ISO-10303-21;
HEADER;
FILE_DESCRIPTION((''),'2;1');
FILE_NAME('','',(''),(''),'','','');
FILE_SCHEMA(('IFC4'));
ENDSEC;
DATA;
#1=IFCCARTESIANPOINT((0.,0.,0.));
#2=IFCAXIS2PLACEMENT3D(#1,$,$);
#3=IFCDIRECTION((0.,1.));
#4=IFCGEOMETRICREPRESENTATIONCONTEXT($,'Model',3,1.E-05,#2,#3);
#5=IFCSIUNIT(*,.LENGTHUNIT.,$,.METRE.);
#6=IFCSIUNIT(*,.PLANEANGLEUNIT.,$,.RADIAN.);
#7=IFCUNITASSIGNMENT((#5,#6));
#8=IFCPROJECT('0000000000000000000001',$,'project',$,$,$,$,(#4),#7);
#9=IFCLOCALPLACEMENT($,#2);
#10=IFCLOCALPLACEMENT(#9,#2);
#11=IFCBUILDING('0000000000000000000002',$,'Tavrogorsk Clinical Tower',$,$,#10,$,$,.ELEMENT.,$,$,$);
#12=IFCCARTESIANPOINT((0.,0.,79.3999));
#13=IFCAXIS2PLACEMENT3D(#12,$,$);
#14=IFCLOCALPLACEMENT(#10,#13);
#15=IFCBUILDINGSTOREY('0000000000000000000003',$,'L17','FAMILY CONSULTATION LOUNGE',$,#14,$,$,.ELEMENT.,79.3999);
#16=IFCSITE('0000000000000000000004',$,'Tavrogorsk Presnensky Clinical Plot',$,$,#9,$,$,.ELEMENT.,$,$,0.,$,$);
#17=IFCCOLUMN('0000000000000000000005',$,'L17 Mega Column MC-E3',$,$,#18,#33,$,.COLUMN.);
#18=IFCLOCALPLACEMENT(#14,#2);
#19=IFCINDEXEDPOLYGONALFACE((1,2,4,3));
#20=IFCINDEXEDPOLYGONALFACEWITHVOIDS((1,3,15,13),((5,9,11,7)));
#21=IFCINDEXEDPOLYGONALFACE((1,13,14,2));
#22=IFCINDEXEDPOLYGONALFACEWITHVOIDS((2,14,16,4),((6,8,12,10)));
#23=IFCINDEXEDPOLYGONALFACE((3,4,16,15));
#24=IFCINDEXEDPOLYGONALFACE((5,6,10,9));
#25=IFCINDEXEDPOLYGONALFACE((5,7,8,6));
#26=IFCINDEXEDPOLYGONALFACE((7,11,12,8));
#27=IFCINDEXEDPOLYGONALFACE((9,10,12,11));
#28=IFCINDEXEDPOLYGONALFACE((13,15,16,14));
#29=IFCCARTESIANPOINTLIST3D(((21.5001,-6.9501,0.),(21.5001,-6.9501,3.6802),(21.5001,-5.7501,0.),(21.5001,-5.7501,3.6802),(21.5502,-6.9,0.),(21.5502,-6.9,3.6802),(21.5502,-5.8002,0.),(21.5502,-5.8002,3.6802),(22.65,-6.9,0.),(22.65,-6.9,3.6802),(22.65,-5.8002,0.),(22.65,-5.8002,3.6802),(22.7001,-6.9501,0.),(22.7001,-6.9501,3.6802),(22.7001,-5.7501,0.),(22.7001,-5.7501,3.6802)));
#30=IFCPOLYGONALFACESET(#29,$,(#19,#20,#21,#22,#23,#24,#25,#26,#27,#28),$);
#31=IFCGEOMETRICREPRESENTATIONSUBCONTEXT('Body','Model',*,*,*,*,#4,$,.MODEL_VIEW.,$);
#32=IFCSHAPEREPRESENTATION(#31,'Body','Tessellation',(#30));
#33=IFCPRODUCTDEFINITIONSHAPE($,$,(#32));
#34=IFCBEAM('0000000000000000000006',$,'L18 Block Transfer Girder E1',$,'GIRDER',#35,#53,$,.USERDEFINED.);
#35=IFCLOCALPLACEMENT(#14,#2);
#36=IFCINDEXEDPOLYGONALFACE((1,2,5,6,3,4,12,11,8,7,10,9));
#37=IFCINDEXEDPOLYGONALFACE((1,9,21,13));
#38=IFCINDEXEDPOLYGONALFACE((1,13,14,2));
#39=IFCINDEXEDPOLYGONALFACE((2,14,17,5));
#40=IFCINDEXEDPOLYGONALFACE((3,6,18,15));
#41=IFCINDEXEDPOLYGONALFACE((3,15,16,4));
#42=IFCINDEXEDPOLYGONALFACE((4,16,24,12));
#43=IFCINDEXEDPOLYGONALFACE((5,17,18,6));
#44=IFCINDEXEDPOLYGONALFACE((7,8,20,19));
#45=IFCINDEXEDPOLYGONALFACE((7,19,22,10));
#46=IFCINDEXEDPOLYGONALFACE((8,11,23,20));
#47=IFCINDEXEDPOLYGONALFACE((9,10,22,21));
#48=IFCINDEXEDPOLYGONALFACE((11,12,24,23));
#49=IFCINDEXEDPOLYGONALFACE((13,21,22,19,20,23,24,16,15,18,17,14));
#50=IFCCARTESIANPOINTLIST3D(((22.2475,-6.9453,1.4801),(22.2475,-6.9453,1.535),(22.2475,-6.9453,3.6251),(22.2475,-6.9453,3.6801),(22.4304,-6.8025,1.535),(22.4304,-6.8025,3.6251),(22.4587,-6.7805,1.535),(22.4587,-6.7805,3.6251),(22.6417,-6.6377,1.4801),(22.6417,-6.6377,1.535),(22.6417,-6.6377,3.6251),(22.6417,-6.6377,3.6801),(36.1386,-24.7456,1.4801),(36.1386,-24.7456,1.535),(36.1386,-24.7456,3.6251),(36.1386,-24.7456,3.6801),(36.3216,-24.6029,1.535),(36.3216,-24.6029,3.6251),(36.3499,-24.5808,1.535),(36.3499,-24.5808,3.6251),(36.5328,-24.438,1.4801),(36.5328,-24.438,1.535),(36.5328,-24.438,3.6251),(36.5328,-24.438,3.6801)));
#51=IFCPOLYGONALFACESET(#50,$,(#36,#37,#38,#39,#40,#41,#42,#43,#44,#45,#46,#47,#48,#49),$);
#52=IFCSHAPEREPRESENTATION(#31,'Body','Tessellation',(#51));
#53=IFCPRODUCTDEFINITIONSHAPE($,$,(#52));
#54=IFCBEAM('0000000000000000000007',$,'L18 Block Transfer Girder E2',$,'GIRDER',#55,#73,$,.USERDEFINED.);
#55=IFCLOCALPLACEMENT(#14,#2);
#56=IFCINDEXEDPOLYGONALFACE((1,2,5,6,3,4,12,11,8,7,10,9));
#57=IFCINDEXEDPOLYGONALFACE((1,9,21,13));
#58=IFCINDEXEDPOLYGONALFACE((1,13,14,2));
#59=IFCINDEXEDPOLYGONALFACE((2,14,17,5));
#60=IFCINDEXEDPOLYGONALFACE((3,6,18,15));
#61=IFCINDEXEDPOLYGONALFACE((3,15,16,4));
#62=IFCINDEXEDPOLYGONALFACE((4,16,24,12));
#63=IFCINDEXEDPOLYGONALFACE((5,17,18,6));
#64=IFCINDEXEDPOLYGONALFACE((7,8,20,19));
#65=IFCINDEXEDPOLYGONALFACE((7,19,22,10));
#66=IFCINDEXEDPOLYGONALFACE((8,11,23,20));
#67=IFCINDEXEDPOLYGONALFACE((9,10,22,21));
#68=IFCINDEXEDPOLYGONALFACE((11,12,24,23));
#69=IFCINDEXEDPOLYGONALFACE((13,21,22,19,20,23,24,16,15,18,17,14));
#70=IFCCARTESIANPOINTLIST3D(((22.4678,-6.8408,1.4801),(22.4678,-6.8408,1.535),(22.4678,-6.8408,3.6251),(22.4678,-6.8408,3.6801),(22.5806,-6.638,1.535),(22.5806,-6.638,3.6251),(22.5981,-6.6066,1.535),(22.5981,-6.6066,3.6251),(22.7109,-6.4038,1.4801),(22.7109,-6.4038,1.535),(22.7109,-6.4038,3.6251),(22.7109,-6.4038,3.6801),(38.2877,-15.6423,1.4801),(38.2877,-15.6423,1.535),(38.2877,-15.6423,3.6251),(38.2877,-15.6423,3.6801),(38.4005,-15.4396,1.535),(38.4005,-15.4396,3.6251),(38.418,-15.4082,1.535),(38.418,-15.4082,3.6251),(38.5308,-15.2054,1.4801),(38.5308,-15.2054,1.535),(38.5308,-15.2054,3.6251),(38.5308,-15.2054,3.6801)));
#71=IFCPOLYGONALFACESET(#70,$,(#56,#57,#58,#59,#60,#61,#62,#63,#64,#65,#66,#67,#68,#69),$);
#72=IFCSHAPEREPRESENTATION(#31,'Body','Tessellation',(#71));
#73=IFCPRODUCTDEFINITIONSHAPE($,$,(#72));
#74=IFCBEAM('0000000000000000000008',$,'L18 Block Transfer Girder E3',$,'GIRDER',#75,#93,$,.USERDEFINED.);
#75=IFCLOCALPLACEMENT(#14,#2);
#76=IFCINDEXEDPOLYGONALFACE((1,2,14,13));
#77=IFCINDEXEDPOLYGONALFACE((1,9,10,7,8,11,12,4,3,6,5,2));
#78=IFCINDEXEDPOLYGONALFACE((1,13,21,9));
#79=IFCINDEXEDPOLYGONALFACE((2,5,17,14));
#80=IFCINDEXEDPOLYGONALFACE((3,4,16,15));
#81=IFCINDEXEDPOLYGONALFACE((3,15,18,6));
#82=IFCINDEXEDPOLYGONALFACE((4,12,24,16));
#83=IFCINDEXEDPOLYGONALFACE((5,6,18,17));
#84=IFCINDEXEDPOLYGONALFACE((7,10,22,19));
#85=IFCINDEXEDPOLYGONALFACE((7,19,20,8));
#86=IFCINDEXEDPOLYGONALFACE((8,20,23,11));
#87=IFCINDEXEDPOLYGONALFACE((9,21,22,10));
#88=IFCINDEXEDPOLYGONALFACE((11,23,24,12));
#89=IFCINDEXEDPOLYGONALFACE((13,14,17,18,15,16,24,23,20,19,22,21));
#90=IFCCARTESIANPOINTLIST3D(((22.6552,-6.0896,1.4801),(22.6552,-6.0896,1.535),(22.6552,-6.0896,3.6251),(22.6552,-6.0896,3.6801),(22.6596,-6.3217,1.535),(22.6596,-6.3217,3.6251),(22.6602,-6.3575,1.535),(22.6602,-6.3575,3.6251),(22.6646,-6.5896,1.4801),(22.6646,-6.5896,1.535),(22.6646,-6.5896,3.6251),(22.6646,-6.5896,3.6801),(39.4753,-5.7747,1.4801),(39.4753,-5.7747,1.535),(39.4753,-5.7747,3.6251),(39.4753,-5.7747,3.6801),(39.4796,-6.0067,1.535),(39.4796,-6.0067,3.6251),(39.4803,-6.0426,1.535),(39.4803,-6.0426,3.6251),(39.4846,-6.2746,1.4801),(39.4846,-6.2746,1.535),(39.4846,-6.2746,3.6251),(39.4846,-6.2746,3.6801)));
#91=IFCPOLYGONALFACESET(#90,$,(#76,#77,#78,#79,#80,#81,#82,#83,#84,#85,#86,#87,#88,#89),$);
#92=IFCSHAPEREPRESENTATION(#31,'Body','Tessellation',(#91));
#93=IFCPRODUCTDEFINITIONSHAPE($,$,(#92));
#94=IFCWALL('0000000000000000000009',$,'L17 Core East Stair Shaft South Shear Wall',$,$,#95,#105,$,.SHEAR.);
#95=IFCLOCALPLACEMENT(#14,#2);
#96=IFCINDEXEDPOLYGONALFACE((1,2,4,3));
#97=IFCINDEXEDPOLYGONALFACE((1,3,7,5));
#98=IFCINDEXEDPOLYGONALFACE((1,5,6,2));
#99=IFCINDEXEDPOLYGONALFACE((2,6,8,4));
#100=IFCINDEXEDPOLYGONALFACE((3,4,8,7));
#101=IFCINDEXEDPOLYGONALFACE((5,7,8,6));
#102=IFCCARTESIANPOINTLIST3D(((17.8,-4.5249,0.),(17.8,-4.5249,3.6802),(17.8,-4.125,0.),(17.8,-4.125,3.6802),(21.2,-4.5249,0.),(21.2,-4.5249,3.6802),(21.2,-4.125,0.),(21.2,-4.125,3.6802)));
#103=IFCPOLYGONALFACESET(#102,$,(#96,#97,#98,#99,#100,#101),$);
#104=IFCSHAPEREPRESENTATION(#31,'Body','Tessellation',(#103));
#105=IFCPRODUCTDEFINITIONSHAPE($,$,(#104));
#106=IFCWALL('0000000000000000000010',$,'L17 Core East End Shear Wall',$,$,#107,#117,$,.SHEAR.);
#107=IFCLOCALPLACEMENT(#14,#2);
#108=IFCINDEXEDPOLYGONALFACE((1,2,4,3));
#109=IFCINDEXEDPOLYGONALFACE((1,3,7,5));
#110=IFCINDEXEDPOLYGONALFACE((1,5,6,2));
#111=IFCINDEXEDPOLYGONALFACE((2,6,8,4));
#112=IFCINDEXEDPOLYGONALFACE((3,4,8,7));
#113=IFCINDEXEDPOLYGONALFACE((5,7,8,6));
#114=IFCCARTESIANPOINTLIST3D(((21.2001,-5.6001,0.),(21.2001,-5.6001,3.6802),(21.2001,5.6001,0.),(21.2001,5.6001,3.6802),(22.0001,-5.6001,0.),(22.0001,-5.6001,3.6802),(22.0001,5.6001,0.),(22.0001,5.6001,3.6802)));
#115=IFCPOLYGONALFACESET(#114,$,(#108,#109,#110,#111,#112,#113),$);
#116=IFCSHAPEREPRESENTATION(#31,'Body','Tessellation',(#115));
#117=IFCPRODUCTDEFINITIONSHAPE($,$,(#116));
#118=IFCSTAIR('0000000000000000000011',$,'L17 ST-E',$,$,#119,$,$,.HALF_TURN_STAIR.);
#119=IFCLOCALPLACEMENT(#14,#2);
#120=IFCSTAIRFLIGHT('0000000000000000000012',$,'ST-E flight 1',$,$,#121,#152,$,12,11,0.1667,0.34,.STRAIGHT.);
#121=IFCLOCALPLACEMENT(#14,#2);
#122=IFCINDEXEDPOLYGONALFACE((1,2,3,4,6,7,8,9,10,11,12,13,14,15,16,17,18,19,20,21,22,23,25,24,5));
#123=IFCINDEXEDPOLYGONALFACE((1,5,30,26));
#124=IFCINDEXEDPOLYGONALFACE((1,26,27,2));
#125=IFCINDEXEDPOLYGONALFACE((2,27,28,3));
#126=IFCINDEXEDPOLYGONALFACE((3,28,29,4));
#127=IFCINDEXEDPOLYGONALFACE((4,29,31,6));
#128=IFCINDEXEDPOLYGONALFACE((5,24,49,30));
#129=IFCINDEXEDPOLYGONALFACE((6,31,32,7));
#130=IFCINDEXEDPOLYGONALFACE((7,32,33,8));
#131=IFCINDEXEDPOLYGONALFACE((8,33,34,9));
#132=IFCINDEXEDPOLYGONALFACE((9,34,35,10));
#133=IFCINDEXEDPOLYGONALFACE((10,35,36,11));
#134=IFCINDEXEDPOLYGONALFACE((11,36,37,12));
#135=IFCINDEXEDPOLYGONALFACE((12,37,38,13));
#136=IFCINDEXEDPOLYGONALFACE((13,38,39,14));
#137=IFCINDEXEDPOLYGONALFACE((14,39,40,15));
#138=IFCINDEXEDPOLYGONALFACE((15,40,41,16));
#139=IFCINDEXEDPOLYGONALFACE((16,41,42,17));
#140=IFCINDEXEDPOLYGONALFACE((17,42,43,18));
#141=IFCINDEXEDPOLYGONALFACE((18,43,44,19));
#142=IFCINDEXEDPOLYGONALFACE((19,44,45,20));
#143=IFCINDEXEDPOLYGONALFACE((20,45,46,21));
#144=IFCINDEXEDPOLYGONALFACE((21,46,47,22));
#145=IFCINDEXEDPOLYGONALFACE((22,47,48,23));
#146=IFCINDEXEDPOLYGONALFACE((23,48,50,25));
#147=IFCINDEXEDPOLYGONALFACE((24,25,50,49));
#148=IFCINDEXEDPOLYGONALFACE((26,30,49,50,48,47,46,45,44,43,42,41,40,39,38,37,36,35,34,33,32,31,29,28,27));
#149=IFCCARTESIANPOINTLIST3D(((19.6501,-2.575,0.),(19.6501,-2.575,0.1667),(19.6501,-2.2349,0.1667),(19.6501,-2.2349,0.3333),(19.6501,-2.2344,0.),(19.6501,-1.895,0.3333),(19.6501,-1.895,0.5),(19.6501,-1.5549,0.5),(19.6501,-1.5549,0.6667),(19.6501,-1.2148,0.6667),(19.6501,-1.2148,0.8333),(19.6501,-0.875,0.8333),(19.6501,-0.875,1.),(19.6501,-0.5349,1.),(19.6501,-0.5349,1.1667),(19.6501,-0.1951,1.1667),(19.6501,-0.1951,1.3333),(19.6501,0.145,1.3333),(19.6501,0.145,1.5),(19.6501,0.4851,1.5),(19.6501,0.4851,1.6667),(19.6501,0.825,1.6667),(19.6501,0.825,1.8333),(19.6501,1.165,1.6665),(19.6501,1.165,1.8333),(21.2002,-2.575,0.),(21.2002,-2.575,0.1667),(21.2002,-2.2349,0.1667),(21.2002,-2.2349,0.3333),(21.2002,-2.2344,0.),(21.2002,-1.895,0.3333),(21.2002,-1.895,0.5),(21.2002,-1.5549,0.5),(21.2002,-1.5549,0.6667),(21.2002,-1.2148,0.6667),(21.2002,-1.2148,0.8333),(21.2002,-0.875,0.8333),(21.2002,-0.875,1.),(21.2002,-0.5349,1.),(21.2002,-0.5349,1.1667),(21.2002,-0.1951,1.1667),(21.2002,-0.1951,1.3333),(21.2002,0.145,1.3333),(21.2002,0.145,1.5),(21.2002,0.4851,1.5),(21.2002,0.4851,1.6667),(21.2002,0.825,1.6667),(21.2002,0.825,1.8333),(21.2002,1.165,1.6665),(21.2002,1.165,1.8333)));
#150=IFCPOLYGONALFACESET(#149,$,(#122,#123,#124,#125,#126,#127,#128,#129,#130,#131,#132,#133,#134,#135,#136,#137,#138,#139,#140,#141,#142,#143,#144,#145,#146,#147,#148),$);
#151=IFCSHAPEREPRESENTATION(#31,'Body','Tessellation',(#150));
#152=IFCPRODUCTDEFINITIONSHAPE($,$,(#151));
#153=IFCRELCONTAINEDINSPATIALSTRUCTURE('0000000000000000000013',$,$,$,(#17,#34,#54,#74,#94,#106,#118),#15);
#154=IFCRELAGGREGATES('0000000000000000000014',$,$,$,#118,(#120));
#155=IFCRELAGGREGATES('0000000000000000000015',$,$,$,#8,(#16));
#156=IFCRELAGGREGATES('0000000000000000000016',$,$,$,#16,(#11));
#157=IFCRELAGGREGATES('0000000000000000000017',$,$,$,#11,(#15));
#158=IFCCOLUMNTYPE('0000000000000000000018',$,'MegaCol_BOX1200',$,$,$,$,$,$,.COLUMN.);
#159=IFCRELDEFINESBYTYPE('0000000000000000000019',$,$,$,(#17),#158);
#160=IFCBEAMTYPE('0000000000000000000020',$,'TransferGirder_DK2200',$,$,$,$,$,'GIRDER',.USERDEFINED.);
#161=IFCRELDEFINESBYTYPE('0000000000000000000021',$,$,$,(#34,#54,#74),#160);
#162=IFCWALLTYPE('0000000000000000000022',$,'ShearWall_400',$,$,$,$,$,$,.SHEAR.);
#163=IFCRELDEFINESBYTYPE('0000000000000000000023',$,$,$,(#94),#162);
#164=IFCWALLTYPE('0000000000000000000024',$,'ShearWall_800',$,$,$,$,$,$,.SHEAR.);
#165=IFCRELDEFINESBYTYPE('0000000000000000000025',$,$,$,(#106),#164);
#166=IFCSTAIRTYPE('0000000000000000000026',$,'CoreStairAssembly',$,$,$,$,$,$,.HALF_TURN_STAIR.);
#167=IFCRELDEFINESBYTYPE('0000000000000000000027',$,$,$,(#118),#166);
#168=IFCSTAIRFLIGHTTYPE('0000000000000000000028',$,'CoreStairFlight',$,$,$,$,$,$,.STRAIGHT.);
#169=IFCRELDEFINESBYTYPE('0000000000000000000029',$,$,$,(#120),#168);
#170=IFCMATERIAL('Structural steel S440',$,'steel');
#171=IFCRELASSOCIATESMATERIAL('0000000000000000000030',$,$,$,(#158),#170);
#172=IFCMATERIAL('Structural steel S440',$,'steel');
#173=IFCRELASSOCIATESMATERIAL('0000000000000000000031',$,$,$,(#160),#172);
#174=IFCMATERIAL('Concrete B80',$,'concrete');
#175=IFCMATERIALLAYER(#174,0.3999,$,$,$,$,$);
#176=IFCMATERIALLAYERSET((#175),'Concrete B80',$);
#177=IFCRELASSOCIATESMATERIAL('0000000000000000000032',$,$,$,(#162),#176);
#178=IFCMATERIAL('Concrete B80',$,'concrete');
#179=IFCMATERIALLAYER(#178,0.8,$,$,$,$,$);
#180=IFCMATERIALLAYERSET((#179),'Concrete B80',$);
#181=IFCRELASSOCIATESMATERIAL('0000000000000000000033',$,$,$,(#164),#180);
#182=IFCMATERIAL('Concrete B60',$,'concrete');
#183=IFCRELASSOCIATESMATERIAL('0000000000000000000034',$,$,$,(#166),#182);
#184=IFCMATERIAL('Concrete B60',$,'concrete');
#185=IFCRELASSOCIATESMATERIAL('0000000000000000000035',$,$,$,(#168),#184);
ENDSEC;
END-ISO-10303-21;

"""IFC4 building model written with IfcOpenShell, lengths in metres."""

from ifc_helpers import new_model, si_unit, direction, frame, frame_2d, origin, origin_2d, place, context, subcontext, project, spatial, polyline, rectangle, hollow_rectangle, i_section, outline, extrude, material, layer, layer_set, material_profile, profile_set, type_object, element, aggregate, save


model = new_model("IFC4")

# Units and contexts
model_context = context("Model", 3, precision=1e-05, world=origin(), true_north=direction((0.0, 1.0)))
body_context = subcontext(model_context, "Body", "Model", "MODEL_VIEW")
ifc_project = project(units=[si_unit("LENGTHUNIT", "METRE"), si_unit("PLANEANGLEUNIT", "RADIAN")], contexts=[model_context])

# Site, building, storey
site_placement = place(None, origin())
site = spatial("IfcSite", under=ifc_project, at=site_placement, Name="Tavrogorsk Presnensky Clinical Plot", CompositionType="ELEMENT", RefElevation=0.0)
building_placement = place(site_placement, origin())
building = spatial("IfcBuilding", under=site, at=building_placement, Name="Tavrogorsk Clinical Tower", CompositionType="ELEMENT")
storey_placement = place(building_placement, frame((0.0, 0.0, 79.3999)))
storey = spatial("IfcBuildingStorey", under=building, at=storey_placement, Name="L17", Description="FAMILY CONSULTATION LOUNGE", CompositionType="ELEMENT", Elevation=79.3999)

# Column
ifc_material_1 = material(Name="Structural steel S440", Category="steel")
ifc_material_profile_1 = material_profile(ifc_material_1, hollow_rectangle(XDim=1.2, YDim=1.2, WallThickness=0.05, at=origin_2d()), Name="BOX-1200x1200x50")
ifc_profile_set_1 = profile_set([ifc_material_profile_1], Name="Structural steel S440")
column_type = type_object("IfcColumnType", Name="MegaCol_BOX1200", PredefinedType="COLUMN", material=ifc_profile_set_1)
column_placement = place(storey_placement, frame((22.1001, -6.3501, 0.0), z_axis=(0.0, 0.0, 1.0), x_axis=(1.0, 0.0, 0.0)))
element("IfcColumn", 1, at=column_placement, inside=storey, type_object=column_type, Name="L17 Mega Column MC-E3", PredefinedType="COLUMN", context=body_context, shape_type="SweptSolid", body=[
    extrude(hollow_rectangle(XDim=1.2, YDim=1.2, WallThickness=0.05, at=origin_2d()), origin(), (0.0, 0.0, 1.0), 3.6802),
])

# Beams
ifc_material_2 = material(Name="Structural steel S440", Category="steel")
ifc_material_profile_2 = material_profile(ifc_material_2, i_section(OverallWidth=0.5, OverallDepth=2.2, WebThickness=0.0359, FlangeThickness=0.0549, at=origin_2d()), Name="DK-2200x500x36x55")
ifc_profile_set_2 = profile_set([ifc_material_profile_2], Name="Structural steel S440")
beam_type = type_object("IfcBeamType", Name="TransferGirder_DK2200", ElementType="GIRDER", PredefinedType="USERDEFINED", material=ifc_profile_set_2)
beam_1_placement = place(storey_placement, frame((22.4446, -6.7915, 2.5801), z_axis=(0.615221, -0.788354, 0.0), x_axis=(0.788354, 0.615221, 0.0)))
element("IfcBeam", 2, at=beam_1_placement, inside=storey, type_object=beam_type, Name="L18 Block Transfer Girder E1", ObjectType="GIRDER", PredefinedType="USERDEFINED", context=body_context, shape_type="SweptSolid", body=[
    extrude(i_section(OverallWidth=0.5, OverallDepth=2.2, WebThickness=0.0359, FlangeThickness=0.0549, at=origin_2d()), origin(), (0.0, 0.0, 1.0), 22.5791),
])
beam_2_placement = place(storey_placement, frame((22.5894, -6.6223, 2.5801), z_axis=(0.873859, -0.48618, 0.0), x_axis=(0.48618, 0.873859, 0.0)))
element("IfcBeam", 3, at=beam_2_placement, inside=storey, type_object=beam_type, Name="L18 Block Transfer Girder E2", ObjectType="GIRDER", PredefinedType="USERDEFINED", context=body_context, shape_type="SweptSolid", body=[
    extrude(i_section(OverallWidth=0.5, OverallDepth=2.2, WebThickness=0.0359, FlangeThickness=0.0549, at=origin_2d()), origin(), (0.0, 0.0, 1.0), 18.1035),
])
beam_3_placement = place(storey_placement, frame((22.6599, -6.3396, 2.5801), z_axis=(0.999825, 0.018721, 0.0), x_axis=(-0.018721, 0.999825, 0.0)))
element("IfcBeam", 4, at=beam_3_placement, inside=storey, type_object=beam_type, Name="L18 Block Transfer Girder E3", ObjectType="GIRDER", PredefinedType="USERDEFINED", context=body_context, shape_type="SweptSolid", body=[
    extrude(i_section(OverallWidth=0.5, OverallDepth=2.2, WebThickness=0.0359, FlangeThickness=0.0549, at=origin_2d()), origin(), (0.0, 0.0, 1.0), 16.823),
])

# Walls
ifc_material_3 = material(Name="Concrete B80", Category="concrete")
ifc_layer_1 = layer(ifc_material_3, 0.3999)
ifc_layer_set_1 = layer_set([ifc_layer_1], Name="Concrete B80")
wall_type_1 = type_object("IfcWallType", Name="ShearWall_400", PredefinedType="SHEAR", material=ifc_layer_set_1)
wall_1_placement = place(storey_placement, frame((17.8, -4.325, 0.0), z_axis=(0.0, 0.0, 1.0), x_axis=(1.0, 0.0, 0.0)))
element("IfcWall", 5, at=wall_1_placement, inside=storey, type_object=wall_type_1, Name="L17 Core East Stair Shaft South Shear Wall", PredefinedType="SHEAR", context=body_context, shape_type="SweptSolid", body=[
    extrude(rectangle(XDim=3.3999, YDim=0.3999, at=frame_2d((1.7, 0.0))), origin(), (0.0, 0.0, 1.0), 3.6802),
])
ifc_material_4 = material(Name="Concrete B80", Category="concrete")
ifc_layer_2 = layer(ifc_material_4, 0.8)
ifc_layer_set_2 = layer_set([ifc_layer_2], Name="Concrete B80")
wall_type_2 = type_object("IfcWallType", Name="ShearWall_800", PredefinedType="SHEAR", material=ifc_layer_set_2)
wall_2_placement = place(storey_placement, frame((21.6001, -5.6001, 0.0), z_axis=(0.0, 0.0, 1.0), x_axis=(0.0, 1.0, 0.0)))
element("IfcWall", 6, at=wall_2_placement, inside=storey, type_object=wall_type_2, Name="L17 Core East End Shear Wall", PredefinedType="SHEAR", context=body_context, shape_type="SweptSolid", body=[
    extrude(rectangle(XDim=11.2002, YDim=0.8, at=frame_2d((5.6001, 0.0))), origin(), (0.0, 0.0, 1.0), 3.6802),
])

# Stair, stair flight
ifc_material_5 = material(Name="Concrete B60", Category="concrete")
stair_type = type_object("IfcStairType", Name="CoreStairAssembly", PredefinedType="HALF_TURN_STAIR", material=ifc_material_5)
stair_placement = place(storey_placement, origin())
stair = element("IfcStair", 7, at=stair_placement, inside=storey, type_object=stair_type, Name="L17 ST-E", PredefinedType="HALF_TURN_STAIR")
ifc_material_6 = material(Name="Concrete B60", Category="concrete")
stair_flight_type = type_object("IfcStairFlightType", Name="CoreStairFlight", PredefinedType="STRAIGHT", material=ifc_material_6)
stair_flight_placement = place(storey_placement, frame((20.425, -2.575, 0.0), z_axis=(0.0, 0.0, 1.0), x_axis=(0.0, 1.0, 0.0)))
stair_flight = element("IfcStairFlight", 8, at=stair_flight_placement, type_object=stair_flight_type, Name="ST-E flight 1", NumberOfRisers=12, NumberOfTreads=11, PredefinedType="STRAIGHT", RiserHeight=0.1667, TreadLength=0.34, context=body_context, shape_type="SweptSolid", body=[
    extrude(outline(polyline([(0.0, 0.0), (0.0, 0.1667), (0.3401, 0.1667), (0.3401, 0.3333), (0.6799, 0.3333), (0.6799, 0.5), (1.02, 0.5), (1.02, 0.6667), (1.3601, 0.6667), (1.3601, 0.8333), (1.7, 0.8333), (1.7, 1.0), (2.04, 1.0), (2.04, 1.1667), (2.3799, 1.1667), (2.3799, 1.3333), (2.72, 1.3333), (2.72, 1.5), (3.0601, 1.5), (3.0601, 1.6667), (3.3999, 1.6667), (3.3999, 1.8333), (3.74, 1.8333), (3.74, 2.0), (3.74, 1.6665), (0.3406, 0.0), (0.0, 0.0)])), frame((0.0, 0.7749, 0.0), z_axis=(0.0, -1.0, 0.0), x_axis=(1.0, 0.0, 0.0)), (0.0, 0.0, 1.0), 1.55),
])
aggregate(stair, [stair_flight])

save(model, "model.ifc")
